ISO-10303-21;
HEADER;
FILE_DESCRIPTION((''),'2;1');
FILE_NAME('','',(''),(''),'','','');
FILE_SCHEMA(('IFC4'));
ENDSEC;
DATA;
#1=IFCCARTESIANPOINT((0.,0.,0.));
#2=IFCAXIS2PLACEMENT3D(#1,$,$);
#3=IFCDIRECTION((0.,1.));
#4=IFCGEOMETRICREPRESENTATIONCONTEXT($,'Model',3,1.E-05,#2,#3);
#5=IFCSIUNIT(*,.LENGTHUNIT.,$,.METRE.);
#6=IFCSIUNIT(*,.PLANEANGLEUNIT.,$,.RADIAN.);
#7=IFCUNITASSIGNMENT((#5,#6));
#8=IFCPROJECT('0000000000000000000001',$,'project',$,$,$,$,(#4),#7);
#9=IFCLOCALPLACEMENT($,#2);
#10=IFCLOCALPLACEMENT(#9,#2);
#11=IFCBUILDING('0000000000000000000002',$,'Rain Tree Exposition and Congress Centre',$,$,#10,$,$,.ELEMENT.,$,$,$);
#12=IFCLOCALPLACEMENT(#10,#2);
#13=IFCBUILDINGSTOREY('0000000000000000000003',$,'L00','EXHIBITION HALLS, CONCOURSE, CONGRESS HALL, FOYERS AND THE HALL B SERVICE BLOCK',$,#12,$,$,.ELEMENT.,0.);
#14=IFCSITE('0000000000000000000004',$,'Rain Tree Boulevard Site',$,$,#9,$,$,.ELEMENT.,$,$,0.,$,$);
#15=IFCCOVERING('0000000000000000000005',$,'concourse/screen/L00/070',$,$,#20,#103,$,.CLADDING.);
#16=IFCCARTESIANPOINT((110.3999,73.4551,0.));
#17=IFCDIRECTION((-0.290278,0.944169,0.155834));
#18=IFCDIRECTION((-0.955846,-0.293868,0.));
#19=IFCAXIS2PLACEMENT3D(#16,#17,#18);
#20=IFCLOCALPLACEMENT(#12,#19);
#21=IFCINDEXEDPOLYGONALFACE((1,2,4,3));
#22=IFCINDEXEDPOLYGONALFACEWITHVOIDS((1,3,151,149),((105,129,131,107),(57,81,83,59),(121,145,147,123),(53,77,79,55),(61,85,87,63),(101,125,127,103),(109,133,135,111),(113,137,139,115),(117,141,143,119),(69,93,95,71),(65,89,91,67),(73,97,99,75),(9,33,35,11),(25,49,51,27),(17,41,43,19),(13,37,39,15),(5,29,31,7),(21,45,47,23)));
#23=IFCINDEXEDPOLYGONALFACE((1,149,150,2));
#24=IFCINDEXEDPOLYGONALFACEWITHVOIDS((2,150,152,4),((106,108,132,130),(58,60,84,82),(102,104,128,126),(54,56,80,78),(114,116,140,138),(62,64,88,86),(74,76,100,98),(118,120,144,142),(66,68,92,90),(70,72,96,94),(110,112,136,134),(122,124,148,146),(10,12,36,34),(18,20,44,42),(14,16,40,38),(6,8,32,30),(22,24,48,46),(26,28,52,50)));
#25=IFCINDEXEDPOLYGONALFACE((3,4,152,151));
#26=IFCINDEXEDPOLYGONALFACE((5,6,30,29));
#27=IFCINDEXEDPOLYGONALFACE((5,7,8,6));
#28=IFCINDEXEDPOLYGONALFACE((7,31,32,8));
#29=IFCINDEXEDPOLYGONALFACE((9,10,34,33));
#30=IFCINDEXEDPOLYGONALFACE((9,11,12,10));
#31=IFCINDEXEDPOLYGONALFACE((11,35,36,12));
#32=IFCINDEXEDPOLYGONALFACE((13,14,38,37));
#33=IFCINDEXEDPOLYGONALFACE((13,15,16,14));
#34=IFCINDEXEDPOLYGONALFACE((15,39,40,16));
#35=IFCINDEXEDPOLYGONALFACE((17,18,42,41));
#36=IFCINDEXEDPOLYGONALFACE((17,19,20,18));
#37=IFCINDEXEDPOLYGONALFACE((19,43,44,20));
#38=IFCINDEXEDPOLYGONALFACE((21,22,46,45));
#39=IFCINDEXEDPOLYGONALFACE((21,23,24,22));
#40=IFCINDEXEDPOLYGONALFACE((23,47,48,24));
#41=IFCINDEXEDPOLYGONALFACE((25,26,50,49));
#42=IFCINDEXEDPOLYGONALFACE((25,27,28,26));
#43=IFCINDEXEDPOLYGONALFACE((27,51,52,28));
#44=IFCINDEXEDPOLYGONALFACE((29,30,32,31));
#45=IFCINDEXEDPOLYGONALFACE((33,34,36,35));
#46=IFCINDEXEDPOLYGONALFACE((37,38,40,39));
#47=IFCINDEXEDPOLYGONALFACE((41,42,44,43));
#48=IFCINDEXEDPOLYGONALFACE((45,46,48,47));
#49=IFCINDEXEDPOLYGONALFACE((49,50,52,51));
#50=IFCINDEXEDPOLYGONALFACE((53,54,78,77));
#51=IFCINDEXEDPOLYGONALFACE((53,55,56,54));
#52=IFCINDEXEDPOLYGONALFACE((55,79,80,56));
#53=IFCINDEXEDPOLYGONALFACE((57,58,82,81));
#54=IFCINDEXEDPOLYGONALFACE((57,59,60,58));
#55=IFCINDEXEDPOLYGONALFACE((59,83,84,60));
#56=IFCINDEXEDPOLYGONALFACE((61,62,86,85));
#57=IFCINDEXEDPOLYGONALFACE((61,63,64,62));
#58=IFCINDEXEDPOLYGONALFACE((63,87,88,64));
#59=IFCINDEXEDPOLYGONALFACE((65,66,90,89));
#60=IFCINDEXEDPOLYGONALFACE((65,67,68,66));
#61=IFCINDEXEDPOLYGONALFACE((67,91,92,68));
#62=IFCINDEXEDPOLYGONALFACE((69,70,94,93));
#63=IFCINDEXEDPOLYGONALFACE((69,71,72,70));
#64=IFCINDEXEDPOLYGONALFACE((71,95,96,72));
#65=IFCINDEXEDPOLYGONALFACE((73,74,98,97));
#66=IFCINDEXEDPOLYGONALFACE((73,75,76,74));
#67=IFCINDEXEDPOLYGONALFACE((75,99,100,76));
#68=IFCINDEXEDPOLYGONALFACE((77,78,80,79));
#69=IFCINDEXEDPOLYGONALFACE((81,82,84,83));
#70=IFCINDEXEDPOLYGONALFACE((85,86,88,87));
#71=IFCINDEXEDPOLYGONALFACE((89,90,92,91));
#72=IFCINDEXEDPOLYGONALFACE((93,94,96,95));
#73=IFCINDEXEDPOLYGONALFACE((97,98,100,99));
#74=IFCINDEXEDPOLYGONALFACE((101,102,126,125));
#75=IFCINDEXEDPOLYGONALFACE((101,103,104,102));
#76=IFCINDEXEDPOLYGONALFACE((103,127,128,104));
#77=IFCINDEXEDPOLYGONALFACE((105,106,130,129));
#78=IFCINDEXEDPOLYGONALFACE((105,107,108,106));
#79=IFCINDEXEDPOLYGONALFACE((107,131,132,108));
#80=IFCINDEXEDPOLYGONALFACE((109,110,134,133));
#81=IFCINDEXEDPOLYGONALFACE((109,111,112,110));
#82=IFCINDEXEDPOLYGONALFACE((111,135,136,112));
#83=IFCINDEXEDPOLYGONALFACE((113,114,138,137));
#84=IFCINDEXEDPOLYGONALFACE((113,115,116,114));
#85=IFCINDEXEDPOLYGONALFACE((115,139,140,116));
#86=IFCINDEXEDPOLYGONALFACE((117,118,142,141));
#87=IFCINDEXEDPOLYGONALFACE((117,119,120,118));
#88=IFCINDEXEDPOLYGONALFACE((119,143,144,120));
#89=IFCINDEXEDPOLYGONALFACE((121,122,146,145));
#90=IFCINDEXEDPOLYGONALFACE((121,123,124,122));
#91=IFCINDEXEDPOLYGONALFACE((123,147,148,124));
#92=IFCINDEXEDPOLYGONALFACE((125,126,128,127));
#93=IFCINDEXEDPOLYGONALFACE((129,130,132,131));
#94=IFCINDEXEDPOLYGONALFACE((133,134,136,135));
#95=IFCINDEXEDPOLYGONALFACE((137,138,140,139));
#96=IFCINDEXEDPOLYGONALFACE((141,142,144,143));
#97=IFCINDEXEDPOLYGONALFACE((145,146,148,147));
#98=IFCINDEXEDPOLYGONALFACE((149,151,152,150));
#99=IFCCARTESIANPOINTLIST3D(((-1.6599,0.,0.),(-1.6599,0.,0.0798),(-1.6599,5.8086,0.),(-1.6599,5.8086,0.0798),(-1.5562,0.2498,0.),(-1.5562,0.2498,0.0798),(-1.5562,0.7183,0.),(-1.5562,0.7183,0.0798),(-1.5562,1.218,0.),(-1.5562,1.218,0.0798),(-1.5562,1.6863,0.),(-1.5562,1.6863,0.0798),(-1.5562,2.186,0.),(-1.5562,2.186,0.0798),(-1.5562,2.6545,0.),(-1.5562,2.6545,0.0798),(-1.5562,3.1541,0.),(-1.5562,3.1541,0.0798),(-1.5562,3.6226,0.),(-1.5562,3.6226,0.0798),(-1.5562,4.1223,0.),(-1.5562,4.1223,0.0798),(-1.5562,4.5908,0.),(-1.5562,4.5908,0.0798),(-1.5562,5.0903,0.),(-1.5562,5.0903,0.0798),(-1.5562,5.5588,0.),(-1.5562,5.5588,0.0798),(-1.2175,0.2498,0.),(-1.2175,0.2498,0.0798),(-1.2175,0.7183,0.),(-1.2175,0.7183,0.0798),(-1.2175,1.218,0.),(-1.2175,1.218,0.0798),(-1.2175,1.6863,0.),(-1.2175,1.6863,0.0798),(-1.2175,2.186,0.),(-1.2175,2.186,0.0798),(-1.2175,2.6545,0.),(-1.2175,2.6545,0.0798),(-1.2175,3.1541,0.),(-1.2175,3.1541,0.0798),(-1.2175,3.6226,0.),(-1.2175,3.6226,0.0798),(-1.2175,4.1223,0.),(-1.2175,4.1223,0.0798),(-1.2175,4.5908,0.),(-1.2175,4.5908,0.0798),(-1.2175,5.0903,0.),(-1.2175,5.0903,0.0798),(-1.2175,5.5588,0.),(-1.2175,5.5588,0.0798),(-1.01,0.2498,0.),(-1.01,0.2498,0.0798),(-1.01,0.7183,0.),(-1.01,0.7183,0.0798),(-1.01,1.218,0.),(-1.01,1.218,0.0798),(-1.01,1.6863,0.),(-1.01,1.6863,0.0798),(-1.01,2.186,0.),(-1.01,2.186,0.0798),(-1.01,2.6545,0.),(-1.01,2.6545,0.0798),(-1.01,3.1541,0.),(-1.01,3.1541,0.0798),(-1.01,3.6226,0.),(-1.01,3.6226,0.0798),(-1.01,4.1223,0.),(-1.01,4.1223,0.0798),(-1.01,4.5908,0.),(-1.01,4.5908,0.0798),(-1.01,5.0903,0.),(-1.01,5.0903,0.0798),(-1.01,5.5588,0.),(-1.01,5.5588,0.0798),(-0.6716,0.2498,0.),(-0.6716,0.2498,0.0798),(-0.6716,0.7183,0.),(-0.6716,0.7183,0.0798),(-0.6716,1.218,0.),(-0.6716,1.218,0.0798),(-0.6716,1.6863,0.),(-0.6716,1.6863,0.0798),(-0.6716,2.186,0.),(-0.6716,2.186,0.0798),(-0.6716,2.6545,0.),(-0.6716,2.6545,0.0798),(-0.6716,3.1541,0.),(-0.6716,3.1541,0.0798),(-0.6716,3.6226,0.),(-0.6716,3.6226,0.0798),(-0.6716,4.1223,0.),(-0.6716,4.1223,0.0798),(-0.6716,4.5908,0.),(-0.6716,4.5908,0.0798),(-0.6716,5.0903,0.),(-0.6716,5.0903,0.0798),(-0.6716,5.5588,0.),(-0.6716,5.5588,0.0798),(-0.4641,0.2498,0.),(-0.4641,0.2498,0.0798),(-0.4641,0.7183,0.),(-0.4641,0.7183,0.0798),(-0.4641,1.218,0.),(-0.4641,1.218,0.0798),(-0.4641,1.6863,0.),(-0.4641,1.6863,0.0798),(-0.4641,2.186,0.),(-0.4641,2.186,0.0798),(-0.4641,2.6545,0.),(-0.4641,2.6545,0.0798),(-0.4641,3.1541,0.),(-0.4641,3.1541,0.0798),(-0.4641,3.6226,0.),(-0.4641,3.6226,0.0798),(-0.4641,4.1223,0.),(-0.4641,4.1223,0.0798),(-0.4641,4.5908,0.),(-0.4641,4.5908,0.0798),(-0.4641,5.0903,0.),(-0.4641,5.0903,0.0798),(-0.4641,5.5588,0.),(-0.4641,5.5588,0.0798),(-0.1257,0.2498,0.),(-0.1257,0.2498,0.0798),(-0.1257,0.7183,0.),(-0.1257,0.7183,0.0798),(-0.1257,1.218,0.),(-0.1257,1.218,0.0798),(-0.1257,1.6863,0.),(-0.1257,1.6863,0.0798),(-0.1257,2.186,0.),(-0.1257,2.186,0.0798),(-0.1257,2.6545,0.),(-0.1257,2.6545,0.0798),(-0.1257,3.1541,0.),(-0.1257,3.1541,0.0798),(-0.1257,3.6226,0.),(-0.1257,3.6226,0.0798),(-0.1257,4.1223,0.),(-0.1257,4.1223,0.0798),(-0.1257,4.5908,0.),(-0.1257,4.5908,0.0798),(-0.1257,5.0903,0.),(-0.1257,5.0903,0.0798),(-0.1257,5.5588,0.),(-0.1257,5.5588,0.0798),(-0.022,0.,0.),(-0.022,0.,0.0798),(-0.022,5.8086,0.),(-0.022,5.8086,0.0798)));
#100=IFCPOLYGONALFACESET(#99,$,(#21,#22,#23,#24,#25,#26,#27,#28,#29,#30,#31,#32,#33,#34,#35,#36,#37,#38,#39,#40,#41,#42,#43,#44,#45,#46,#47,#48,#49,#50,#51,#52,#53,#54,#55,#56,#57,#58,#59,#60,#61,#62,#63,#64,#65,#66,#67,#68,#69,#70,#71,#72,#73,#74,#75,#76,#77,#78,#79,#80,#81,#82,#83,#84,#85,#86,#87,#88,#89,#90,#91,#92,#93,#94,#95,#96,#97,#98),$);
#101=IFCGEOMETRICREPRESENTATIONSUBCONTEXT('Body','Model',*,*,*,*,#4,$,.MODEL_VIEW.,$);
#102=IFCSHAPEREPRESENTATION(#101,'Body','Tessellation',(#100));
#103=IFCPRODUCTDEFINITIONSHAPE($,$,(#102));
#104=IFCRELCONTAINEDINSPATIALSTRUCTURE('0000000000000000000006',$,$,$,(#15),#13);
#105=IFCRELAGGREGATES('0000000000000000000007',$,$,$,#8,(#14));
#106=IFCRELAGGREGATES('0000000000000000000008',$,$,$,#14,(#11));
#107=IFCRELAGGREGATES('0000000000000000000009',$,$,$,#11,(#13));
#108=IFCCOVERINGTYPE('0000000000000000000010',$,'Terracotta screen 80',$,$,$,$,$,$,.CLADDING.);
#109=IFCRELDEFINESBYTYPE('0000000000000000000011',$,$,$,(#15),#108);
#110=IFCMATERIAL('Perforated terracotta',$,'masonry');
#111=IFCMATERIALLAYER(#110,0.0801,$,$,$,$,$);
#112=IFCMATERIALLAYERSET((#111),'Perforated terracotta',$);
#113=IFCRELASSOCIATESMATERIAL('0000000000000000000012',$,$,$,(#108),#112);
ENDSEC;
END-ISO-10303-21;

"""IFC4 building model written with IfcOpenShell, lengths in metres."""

from ifc_helpers import new_model, si_unit, direction, frame, origin, place, context, subcontext, project, spatial, polyline, outline, extrude, material, layer, layer_set, type_object, element, save


model = new_model("IFC4")

# Units and contexts
model_context = context("Model", 3, precision=1e-05, world=origin(), true_north=direction((0.0, 1.0)))
body_context = subcontext(model_context, "Body", "Model", "MODEL_VIEW")
ifc_project = project(units=[si_unit("LENGTHUNIT", "METRE"), si_unit("PLANEANGLEUNIT", "RADIAN")], contexts=[model_context])

# Site, building, storey
site_placement = place(None, origin())
site = spatial("IfcSite", under=ifc_project, at=site_placement, Name="Rain Tree Boulevard Site", CompositionType="ELEMENT", RefElevation=0.0)
building_placement = place(site_placement, origin())
building = spatial("IfcBuilding", under=site, at=building_placement, Name="Rain Tree Exposition and Congress Centre", CompositionType="ELEMENT")
storey_placement = place(building_placement, origin())
storey = spatial("IfcBuildingStorey", under=building, at=storey_placement, Name="L00", Description="EXHIBITION HALLS, CONCOURSE, CONGRESS HALL, FOYERS AND THE HALL B SERVICE BLOCK", CompositionType="ELEMENT", Elevation=0.0)

# Covering
ifc_material_1 = material(Name="Perforated terracotta", Category="masonry")
ifc_layer_1 = layer(ifc_material_1, 0.0801)
ifc_layer_set_1 = layer_set([ifc_layer_1], Name="Perforated terracotta")
covering_type_1 = type_object("IfcCoveringType", Name="Terracotta screen 80", PredefinedType="CLADDING", material=ifc_layer_set_1)
covering_1_placement = place(storey_placement, frame((110.3999, 73.4551, 0.0), z_axis=(-0.290278, 0.944169, 0.155834), x_axis=(-0.955846, -0.293868, 0.0)))
element("IfcCovering", 1, at=covering_1_placement, inside=storey, type_object=covering_type_1, Name="concourse/screen/L00/070", PredefinedType="CLADDING", context=body_context, shape_type="SweptSolid", body=[
    extrude(outline(polyline([(-0.022, 0.0), (-1.6599, 0.0), (-1.6599, 5.8086), (-0.022, 5.8086), (-0.022, 0.0)]), holes=[polyline([(-0.1257, 0.2498), (-0.1257, 0.7183), (-0.4641, 0.7183), (-0.4641, 0.2498), (-0.1257, 0.2498)]), polyline([(-0.1257, 1.218), (-0.1257, 1.6863), (-0.4641, 1.6863), (-0.4641, 1.218), (-0.1257, 1.218)]), polyline([(-0.1257, 2.186), (-0.1257, 2.6545), (-0.4641, 2.6545), (-0.4641, 2.186), (-0.1257, 2.186)]), polyline([(-0.1257, 3.1541), (-0.1257, 3.6226), (-0.4641, 3.6226), (-0.4641, 3.1541), (-0.1257, 3.1541)]), polyline([(-0.1257, 4.1223), (-0.1257, 4.5908), (-0.4641, 4.5908), (-0.4641, 4.1223), (-0.1257, 4.1223)]), polyline([(-0.1257, 5.0903), (-0.1257, 5.5588), (-0.4641, 5.5588), (-0.4641, 5.0903), (-0.1257, 5.0903)]), polyline([(-0.6716, 0.2498), (-0.6716, 0.7183), (-1.01, 0.7183), (-1.01, 0.2498), (-0.6716, 0.2498)]), polyline([(-0.6716, 1.218), (-0.6716, 1.6863), (-1.01, 1.6863), (-1.01, 1.218), (-0.6716, 1.218)]), polyline([(-0.6716, 2.186), (-0.6716, 2.6545), (-1.01, 2.6545), (-1.01, 2.186), (-0.6716, 2.186)]), polyline([(-0.6716, 3.1541), (-0.6716, 3.6226), (-1.01, 3.6226), (-1.01, 3.1541), (-0.6716, 3.1541)]), polyline([(-0.6716, 4.1223), (-0.6716, 4.5908), (-1.01, 4.5908), (-1.01, 4.1223), (-0.6716, 4.1223)]), polyline([(-0.6716, 5.0903), (-0.6716, 5.5588), (-1.01, 5.5588), (-1.01, 5.0903), (-0.6716, 5.0903)]), polyline([(-1.2175, 0.2498), (-1.2175, 0.7183), (-1.5562, 0.7183), (-1.5562, 0.2498), (-1.2175, 0.2498)]), polyline([(-1.2175, 1.218), (-1.2175, 1.6863), (-1.5562, 1.6863), (-1.5562, 1.218), (-1.2175, 1.218)]), polyline([(-1.2175, 2.186), (-1.2175, 2.6545), (-1.5562, 2.6545), (-1.5562, 2.186), (-1.2175, 2.186)]), polyline([(-1.2175, 3.1541), (-1.2175, 3.6226), (-1.5562, 3.6226), (-1.5562, 3.1541), (-1.2175, 3.1541)]), polyline([(-1.2175, 4.1223), (-1.2175, 4.5908), (-1.5562, 4.5908), (-1.5562, 4.1223), (-1.2175, 4.1223)]), polyline([(-1.2175, 5.0903), (-1.2175, 5.5588), (-1.5562, 5.5588), (-1.5562, 5.0903), (-1.2175, 5.0903)])]), origin(), (0.0, 0.0, 1.0), 0.0798),
])

save(model, "model.ifc")
